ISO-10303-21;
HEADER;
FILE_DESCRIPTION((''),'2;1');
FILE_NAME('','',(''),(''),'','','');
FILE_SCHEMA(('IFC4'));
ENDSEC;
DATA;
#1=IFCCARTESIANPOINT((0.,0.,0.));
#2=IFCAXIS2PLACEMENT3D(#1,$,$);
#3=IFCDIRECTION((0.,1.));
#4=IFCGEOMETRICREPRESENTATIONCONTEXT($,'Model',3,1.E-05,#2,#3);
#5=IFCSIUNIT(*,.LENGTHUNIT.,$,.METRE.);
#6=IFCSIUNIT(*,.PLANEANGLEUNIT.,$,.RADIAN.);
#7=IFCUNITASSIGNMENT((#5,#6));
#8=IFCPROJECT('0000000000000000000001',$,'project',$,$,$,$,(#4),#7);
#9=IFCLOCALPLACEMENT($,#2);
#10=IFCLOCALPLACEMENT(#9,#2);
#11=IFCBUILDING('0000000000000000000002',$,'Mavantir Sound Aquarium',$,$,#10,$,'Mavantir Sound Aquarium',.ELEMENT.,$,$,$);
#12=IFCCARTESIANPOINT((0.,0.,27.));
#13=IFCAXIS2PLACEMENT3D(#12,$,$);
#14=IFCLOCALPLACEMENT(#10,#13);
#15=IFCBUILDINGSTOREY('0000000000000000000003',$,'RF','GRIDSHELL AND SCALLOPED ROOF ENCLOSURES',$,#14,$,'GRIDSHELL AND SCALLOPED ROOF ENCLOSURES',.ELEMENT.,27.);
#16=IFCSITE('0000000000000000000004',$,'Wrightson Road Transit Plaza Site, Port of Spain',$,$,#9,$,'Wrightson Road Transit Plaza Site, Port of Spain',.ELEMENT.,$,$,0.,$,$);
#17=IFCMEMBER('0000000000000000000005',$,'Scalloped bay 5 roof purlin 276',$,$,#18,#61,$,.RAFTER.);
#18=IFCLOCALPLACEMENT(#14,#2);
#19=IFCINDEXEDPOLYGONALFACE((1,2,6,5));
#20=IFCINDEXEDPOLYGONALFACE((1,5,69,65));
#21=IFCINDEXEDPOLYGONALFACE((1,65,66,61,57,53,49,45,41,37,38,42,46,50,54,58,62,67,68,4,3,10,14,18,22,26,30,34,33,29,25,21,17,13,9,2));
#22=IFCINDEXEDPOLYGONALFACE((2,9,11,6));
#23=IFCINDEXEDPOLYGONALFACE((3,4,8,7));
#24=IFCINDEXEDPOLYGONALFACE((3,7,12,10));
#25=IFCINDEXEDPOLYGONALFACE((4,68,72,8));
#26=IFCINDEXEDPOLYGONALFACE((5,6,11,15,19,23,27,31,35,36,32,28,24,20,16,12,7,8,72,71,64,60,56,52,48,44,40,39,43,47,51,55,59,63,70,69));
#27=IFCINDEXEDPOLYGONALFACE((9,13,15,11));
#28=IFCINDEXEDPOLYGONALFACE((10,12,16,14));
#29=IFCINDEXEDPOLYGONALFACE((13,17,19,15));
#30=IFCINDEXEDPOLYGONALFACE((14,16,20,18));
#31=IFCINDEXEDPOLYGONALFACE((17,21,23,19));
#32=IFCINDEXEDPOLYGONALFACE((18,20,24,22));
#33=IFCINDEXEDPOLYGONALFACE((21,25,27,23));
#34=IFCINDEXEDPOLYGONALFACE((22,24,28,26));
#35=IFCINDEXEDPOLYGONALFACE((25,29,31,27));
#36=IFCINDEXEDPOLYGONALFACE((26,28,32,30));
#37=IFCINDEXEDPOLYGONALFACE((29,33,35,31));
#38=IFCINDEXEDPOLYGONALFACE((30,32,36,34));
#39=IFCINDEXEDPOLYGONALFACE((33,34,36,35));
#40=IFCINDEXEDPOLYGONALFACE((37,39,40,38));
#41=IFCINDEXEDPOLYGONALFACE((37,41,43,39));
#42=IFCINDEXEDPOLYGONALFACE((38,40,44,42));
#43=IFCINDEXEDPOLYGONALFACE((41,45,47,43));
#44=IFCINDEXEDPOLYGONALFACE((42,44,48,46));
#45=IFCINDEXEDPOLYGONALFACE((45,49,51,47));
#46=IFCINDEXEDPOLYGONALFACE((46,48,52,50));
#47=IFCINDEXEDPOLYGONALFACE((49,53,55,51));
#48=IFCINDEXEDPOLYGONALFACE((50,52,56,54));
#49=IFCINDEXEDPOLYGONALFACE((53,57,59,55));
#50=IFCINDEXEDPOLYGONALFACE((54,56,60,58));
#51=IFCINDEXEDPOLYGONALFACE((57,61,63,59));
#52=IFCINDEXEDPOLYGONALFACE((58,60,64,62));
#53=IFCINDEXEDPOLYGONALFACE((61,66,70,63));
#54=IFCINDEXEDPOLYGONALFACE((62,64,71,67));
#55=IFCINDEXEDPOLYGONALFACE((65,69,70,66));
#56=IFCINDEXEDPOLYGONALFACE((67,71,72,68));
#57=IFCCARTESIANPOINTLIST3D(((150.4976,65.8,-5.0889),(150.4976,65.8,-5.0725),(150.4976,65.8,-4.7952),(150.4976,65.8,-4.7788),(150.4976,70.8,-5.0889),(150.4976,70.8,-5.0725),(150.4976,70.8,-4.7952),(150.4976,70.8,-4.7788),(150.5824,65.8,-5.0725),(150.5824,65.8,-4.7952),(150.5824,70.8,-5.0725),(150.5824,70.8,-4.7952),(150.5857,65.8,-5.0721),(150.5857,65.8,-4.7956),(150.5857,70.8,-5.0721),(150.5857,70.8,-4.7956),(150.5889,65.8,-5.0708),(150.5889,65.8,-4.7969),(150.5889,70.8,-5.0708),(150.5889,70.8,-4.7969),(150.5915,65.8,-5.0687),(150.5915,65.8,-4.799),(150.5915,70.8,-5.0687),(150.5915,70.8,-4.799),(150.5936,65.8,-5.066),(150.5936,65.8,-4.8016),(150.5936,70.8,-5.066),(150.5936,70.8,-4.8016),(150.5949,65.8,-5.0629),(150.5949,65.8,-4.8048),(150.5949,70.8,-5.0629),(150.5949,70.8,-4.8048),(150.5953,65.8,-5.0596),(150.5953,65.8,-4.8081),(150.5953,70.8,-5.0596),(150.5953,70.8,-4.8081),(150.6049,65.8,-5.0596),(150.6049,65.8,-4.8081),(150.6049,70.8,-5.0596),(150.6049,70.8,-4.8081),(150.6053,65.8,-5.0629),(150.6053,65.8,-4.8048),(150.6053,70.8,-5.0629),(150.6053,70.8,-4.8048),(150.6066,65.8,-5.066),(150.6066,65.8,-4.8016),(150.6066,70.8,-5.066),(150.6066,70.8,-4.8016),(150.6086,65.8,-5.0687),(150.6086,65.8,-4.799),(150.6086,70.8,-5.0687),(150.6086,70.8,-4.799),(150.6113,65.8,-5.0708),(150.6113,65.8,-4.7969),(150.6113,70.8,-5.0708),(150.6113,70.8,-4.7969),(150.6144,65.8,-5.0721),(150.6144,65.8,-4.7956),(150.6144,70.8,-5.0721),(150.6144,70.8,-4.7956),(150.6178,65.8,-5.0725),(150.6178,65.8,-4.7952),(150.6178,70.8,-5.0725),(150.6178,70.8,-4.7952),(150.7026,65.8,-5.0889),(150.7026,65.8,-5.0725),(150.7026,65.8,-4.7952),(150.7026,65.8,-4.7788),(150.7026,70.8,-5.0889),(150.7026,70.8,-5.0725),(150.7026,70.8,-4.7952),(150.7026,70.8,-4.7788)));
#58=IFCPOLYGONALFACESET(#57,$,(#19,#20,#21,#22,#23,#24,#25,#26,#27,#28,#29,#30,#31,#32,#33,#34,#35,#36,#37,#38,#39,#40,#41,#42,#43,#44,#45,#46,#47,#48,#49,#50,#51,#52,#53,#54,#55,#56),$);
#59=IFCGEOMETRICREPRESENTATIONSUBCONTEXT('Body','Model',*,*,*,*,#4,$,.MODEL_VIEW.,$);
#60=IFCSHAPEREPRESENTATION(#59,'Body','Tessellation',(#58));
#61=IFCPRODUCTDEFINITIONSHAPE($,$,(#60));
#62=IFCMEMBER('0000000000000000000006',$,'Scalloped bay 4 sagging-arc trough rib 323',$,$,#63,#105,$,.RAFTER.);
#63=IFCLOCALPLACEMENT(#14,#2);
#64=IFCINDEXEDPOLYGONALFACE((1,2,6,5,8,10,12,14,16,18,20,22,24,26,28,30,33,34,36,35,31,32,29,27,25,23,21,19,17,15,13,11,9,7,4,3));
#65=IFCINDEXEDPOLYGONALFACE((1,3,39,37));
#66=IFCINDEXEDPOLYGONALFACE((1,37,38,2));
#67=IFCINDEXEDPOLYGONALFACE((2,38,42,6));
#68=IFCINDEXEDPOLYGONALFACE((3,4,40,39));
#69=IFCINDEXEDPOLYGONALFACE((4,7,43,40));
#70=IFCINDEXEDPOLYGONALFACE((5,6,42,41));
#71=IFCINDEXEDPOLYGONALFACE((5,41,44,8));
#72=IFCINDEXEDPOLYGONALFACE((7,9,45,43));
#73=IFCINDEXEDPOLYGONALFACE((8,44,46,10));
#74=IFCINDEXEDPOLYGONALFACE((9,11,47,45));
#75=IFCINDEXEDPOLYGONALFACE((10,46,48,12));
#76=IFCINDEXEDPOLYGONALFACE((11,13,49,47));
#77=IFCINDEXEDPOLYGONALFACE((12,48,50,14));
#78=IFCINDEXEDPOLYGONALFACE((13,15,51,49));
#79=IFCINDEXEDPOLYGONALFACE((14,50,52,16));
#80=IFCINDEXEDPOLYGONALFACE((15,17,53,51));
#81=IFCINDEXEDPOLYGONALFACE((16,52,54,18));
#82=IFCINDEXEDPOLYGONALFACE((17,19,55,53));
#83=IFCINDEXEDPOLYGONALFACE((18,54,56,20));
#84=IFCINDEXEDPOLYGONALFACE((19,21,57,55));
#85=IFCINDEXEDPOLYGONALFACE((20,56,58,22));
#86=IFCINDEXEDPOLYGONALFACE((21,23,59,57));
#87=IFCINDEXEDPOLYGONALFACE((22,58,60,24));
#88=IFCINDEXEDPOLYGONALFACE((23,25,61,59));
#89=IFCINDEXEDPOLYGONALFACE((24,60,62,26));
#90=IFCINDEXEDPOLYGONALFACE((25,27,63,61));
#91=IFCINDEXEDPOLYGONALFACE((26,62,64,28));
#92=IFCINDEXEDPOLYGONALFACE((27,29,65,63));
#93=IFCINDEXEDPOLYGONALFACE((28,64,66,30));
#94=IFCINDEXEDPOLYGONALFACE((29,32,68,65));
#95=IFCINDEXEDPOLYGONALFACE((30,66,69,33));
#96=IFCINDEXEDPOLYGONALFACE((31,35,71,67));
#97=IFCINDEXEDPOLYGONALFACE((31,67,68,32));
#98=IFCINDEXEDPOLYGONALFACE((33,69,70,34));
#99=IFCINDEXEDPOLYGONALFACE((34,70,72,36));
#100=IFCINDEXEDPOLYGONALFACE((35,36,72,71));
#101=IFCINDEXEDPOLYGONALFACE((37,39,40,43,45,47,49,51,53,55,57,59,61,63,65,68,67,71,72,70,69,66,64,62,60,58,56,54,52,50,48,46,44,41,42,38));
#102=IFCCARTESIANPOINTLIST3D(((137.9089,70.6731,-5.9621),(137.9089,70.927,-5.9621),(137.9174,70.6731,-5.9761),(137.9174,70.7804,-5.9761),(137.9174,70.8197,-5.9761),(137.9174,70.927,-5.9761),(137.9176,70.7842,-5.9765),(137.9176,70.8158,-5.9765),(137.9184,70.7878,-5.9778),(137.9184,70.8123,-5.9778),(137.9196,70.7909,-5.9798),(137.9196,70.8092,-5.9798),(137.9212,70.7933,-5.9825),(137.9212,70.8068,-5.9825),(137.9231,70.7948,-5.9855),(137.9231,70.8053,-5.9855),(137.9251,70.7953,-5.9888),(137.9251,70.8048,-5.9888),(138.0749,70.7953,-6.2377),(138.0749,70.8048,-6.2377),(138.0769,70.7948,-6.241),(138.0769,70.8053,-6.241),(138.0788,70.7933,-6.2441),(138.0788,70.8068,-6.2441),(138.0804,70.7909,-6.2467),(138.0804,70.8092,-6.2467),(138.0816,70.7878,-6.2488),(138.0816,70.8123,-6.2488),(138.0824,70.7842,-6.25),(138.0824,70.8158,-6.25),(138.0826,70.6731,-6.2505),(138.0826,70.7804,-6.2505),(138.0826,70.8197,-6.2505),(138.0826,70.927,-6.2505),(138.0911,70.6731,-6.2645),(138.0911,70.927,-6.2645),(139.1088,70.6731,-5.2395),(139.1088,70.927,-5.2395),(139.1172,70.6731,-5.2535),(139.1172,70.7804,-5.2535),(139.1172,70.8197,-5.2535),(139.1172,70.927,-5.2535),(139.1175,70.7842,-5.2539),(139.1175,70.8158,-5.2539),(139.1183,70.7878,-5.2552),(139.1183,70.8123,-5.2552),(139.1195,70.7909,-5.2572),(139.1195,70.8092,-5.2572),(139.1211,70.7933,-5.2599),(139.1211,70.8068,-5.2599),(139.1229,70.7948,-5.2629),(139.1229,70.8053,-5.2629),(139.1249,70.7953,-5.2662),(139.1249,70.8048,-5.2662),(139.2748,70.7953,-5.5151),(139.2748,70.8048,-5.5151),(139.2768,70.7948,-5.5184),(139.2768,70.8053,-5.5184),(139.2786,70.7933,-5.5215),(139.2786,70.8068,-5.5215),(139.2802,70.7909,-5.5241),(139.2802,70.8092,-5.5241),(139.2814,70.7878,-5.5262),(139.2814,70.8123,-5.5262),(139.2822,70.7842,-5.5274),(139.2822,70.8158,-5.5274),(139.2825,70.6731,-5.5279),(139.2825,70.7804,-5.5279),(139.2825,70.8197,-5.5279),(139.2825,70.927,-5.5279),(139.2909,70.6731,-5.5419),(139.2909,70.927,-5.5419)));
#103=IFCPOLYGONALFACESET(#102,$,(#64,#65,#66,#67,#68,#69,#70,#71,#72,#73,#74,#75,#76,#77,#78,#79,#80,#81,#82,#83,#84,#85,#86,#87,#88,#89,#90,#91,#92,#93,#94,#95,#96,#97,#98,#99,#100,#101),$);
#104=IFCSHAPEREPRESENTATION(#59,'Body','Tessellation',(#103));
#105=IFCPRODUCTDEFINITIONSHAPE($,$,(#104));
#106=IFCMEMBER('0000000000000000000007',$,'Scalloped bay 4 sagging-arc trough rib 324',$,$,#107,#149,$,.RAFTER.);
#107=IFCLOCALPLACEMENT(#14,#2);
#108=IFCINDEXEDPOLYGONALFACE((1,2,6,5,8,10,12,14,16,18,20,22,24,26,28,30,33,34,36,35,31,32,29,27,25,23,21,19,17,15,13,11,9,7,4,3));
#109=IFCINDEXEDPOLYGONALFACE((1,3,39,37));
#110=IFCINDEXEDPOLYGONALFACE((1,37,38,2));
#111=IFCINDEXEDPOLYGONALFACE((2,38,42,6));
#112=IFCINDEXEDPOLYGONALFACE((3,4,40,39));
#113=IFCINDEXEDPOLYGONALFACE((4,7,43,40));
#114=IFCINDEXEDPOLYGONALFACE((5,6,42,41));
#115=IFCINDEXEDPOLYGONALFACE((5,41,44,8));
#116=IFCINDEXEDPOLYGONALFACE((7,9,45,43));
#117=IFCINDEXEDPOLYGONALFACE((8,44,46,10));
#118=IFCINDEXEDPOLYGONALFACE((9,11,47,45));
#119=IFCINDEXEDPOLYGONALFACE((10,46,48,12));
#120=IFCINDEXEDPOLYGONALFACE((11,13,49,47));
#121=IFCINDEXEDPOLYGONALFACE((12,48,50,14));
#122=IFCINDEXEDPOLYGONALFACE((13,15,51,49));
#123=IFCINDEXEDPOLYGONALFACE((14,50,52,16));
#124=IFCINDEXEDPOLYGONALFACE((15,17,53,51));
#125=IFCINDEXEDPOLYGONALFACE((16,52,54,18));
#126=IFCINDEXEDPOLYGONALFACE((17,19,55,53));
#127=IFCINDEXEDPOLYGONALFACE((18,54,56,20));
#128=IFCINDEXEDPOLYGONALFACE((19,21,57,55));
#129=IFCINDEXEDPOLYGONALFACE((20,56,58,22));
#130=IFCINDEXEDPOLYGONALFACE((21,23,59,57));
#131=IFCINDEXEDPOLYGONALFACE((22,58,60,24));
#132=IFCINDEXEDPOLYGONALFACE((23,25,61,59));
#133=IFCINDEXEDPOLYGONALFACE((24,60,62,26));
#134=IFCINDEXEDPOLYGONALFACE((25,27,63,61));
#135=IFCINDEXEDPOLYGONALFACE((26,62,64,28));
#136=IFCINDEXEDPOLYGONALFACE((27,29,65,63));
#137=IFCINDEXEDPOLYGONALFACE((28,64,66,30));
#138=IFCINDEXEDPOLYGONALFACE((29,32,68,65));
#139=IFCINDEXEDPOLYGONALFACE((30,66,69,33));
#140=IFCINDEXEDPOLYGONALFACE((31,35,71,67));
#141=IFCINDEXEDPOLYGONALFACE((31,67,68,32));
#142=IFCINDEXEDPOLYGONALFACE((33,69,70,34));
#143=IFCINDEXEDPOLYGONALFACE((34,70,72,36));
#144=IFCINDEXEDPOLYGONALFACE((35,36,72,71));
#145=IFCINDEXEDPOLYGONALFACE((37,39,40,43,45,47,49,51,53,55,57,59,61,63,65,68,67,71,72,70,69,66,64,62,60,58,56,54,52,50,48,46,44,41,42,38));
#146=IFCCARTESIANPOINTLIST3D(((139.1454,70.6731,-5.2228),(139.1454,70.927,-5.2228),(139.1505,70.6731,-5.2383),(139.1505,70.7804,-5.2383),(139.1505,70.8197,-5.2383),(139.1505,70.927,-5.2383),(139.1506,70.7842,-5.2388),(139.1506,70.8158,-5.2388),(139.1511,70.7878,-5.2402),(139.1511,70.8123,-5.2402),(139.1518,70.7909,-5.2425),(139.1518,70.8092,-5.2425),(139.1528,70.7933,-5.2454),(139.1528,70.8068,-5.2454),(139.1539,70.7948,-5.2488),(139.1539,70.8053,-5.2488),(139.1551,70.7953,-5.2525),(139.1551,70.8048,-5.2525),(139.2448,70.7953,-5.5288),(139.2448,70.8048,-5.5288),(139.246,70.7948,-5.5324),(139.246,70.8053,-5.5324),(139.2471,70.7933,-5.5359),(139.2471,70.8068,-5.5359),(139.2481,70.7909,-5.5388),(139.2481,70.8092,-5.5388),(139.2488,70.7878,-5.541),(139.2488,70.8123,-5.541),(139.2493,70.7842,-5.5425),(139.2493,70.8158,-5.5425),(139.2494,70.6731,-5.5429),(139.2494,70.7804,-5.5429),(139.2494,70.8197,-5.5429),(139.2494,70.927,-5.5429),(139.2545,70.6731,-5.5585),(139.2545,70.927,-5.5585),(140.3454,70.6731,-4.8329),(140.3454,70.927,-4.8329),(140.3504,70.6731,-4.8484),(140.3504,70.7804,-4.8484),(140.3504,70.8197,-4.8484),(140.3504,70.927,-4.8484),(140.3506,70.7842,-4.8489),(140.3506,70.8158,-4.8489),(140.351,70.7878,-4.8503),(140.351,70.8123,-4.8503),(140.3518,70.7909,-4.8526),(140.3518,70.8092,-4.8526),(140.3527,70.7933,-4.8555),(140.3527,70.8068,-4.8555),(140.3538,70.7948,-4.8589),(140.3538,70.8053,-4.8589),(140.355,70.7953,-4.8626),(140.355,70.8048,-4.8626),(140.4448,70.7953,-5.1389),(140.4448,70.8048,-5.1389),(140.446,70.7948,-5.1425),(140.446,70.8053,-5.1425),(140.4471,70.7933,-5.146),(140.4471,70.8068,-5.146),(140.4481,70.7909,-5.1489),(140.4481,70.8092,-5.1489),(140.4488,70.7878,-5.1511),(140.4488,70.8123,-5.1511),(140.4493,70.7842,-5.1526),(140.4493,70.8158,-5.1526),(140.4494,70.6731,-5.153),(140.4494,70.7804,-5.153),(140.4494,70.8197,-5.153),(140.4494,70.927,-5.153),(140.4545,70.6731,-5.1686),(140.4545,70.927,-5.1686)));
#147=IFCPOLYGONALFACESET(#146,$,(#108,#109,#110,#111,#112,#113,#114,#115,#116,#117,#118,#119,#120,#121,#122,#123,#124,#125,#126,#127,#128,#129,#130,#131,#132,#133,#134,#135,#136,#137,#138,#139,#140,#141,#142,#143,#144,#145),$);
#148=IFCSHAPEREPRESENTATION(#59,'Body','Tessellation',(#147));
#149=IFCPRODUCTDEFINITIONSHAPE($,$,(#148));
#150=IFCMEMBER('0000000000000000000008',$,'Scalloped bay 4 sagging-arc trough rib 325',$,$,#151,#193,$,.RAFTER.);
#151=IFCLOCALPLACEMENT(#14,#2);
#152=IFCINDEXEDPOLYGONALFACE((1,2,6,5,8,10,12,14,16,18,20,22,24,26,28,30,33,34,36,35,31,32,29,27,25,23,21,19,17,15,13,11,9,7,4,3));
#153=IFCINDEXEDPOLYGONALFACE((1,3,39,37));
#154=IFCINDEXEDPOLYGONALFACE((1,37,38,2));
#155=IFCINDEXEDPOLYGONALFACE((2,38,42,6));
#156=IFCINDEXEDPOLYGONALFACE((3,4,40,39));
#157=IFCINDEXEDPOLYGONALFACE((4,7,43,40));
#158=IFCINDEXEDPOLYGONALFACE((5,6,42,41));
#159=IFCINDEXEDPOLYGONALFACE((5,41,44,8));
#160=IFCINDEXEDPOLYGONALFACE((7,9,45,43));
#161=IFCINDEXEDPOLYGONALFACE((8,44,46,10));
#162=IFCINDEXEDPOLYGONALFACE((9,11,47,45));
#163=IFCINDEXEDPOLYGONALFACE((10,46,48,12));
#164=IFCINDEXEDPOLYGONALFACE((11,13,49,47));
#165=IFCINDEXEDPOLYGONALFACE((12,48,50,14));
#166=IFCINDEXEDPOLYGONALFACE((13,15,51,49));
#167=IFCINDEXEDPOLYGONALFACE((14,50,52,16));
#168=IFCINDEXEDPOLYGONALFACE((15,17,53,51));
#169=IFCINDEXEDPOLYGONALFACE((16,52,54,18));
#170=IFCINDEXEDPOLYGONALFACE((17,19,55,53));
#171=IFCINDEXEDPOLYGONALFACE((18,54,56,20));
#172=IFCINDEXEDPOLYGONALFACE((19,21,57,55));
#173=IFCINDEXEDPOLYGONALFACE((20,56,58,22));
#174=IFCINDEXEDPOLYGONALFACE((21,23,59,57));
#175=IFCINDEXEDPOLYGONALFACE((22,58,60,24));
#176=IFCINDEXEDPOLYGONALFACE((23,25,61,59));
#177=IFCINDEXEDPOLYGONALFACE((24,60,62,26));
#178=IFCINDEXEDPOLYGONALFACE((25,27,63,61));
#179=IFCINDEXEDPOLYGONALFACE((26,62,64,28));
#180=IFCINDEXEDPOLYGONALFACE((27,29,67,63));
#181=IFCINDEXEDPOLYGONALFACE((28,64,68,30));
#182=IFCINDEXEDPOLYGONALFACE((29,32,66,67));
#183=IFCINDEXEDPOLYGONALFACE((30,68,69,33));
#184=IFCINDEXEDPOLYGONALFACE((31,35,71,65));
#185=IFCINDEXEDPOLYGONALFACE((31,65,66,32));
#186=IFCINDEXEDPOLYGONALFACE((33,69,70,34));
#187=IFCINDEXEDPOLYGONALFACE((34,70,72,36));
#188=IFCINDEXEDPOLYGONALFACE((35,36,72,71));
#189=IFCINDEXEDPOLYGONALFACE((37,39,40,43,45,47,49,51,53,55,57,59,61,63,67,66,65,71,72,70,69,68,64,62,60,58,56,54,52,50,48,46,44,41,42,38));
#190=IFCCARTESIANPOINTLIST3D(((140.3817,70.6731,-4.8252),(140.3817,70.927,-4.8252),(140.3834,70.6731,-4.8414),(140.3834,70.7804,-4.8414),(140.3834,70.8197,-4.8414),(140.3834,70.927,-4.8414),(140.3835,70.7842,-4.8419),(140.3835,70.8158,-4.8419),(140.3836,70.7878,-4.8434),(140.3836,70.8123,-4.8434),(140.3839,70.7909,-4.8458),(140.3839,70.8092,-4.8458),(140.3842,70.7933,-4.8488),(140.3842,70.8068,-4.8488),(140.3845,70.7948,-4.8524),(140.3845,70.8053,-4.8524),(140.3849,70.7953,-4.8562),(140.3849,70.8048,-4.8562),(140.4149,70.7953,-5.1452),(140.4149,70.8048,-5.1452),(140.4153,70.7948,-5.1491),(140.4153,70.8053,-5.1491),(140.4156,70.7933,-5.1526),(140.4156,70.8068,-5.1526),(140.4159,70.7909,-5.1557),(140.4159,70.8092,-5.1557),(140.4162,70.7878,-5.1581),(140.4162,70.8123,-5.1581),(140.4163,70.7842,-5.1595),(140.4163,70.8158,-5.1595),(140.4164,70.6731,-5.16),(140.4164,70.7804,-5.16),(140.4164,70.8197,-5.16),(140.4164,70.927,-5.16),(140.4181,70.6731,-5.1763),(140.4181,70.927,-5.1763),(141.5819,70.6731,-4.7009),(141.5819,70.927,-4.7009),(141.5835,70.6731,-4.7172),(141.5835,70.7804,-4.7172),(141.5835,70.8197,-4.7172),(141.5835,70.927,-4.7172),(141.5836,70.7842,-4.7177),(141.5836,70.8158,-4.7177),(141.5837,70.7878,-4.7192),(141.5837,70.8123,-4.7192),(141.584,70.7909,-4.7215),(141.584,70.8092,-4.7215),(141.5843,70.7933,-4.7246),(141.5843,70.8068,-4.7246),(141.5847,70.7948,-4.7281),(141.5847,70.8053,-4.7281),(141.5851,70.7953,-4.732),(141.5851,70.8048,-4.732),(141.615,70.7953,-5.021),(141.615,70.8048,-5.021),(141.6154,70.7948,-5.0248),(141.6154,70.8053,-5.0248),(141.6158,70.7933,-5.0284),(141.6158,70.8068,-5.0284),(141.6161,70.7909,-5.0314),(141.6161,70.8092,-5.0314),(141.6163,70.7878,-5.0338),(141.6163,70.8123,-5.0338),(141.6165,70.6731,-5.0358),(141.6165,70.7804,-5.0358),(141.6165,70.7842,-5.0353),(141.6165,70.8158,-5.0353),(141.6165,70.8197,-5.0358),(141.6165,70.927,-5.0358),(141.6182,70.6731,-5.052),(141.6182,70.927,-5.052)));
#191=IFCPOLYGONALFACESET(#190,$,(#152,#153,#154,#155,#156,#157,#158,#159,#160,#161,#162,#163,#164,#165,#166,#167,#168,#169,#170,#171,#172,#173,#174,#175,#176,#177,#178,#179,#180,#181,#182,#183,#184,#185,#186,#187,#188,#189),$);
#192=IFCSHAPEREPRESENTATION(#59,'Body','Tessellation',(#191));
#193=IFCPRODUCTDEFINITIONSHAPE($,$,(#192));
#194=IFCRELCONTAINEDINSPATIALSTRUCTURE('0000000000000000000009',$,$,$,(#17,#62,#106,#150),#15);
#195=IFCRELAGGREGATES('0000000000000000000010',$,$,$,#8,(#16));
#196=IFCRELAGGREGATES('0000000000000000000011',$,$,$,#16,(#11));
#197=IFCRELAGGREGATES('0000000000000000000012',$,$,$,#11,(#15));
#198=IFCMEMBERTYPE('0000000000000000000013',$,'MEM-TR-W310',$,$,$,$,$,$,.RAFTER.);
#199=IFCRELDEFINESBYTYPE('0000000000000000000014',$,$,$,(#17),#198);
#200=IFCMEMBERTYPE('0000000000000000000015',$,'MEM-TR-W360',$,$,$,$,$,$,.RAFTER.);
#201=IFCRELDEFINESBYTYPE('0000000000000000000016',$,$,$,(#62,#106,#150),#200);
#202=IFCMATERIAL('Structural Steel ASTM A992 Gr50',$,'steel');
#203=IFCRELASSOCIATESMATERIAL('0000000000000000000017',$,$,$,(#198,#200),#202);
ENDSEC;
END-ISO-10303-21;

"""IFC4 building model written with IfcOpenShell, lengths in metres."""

from ifc_helpers import new_model, si_unit, direction, frame, origin, origin_2d, place, context, subcontext, project, spatial, i_section, extrude, material, material_profile, profile_set, type_object, element, save


model = new_model("IFC4")

# Units and contexts
model_context = context("Model", 3, precision=1e-05, world=origin(), true_north=direction((0.0, 1.0)))
body_context = subcontext(model_context, "Body", "Model", "MODEL_VIEW")
ifc_project = project(units=[si_unit("LENGTHUNIT", "METRE"), si_unit("PLANEANGLEUNIT", "RADIAN")], contexts=[model_context])

# Site, building, storey
site_placement = place(None, origin())
site = spatial("IfcSite", under=ifc_project, at=site_placement, Name="Wrightson Road Transit Plaza Site, Port of Spain", LongName="Wrightson Road Transit Plaza Site, Port of Spain", CompositionType="ELEMENT", RefElevation=0.0)
building_placement = place(site_placement, origin())
building = spatial("IfcBuilding", under=site, at=building_placement, Name="Mavantir Sound Aquarium", LongName="Mavantir Sound Aquarium", CompositionType="ELEMENT")
storey_placement = place(building_placement, frame((0.0, 0.0, 27.0)))
storey = spatial("IfcBuildingStorey", under=building, at=storey_placement, Name="RF", Description="GRIDSHELL AND SCALLOPED ROOF ENCLOSURES", LongName="GRIDSHELL AND SCALLOPED ROOF ENCLOSURES", CompositionType="ELEMENT", Elevation=27.0)

# Shared definitions
ifc_material_1 = material(Name="Structural Steel ASTM A992 Gr50", Category="steel")

# Members
ifc_material_profile_1 = material_profile(ifc_material_1, i_section(OverallWidth=0.2051, OverallDepth=0.3101, WebThickness=0.0095, FlangeThickness=0.0164, FilletRadius=0.0129, at=origin_2d()), Name="W310X74")
ifc_profile_set_1 = profile_set([ifc_material_profile_1], Name="Structural Steel ASTM A992 Gr50")
member_type_1 = type_object("IfcMemberType", Name="MEM-TR-W310", PredefinedType="RAFTER", material=ifc_profile_set_1)
for number, where, z_axis, x_axis, name in (
    (1, (150.6001, 65.8, -4.9338), (0.0, 1.0, 0.0), (-1.0, 0.0, 0.0), "Scalloped bay 5 roof purlin 276"),
):
    element("IfcMember", number, at=place(storey_placement, frame(where, z_axis=z_axis, x_axis=x_axis)), inside=storey, type_object=member_type_1, Name=name, PredefinedType="RAFTER", context=body_context, shape_type="SweptSolid", body=[
        extrude(i_section(OverallWidth=0.2051, OverallDepth=0.3101, WebThickness=0.0095, FlangeThickness=0.0164, FilletRadius=0.0129, at=origin_2d()), origin(), (0.0, 0.0, 1.0), 5.0),
    ])
ifc_material_profile_2 = material_profile(ifc_material_1, i_section(OverallWidth=0.2539, OverallDepth=0.353, WebThickness=0.0095, FlangeThickness=0.0164, FilletRadius=0.0149, at=origin_2d()), Name="W360X91")
ifc_profile_set_2 = profile_set([ifc_material_profile_2], Name="Structural Steel ASTM A992 Gr50")
member_type_2 = type_object("IfcMemberType", Name="MEM-TR-W360", PredefinedType="RAFTER", material=ifc_profile_set_2)
member_1_placement = place(storey_placement, frame((138.0, 70.8, -6.1133), z_axis=(0.856646, 0.0, 0.515905), x_axis=(0.0, 1.0, 0.0)))
element("IfcMember", 2, at=member_1_placement, inside=storey, type_object=member_type_2, Name="Scalloped bay 4 sagging-arc trough rib 323", PredefinedType="RAFTER", context=body_context, shape_type="SweptSolid", body=[
    extrude(i_section(OverallWidth=0.2539, OverallDepth=0.353, WebThickness=0.0095, FlangeThickness=0.0164, FilletRadius=0.0149, at=origin_2d()), origin(), (0.0, 0.0, 1.0), 1.4006),
])
member_2_placement = place(storey_placement, frame((139.2, 70.8, -5.3906), z_axis=(0.951055, 0.0, 0.30902), x_axis=(0.0, 1.0, 0.0)))
element("IfcMember", 3, at=member_2_placement, inside=storey, type_object=member_type_2, Name="Scalloped bay 4 sagging-arc trough rib 324", PredefinedType="RAFTER", context=body_context, shape_type="SweptSolid", body=[
    extrude(i_section(OverallWidth=0.2539, OverallDepth=0.353, WebThickness=0.0095, FlangeThickness=0.0164, FilletRadius=0.0149, at=origin_2d()), origin(), (0.0, 0.0, 1.0), 1.2617),
])
member_3_placement = place(storey_placement, frame((140.3999, 70.8, -5.0007), z_axis=(0.994683, 0.0, 0.102989), x_axis=(0.0, 1.0, 0.0)))
element("IfcMember", 4, at=member_3_placement, inside=storey, type_object=member_type_2, Name="Scalloped bay 4 sagging-arc trough rib 325", PredefinedType="RAFTER", context=body_context, shape_type="SweptSolid", body=[
    extrude(i_section(OverallWidth=0.2539, OverallDepth=0.353, WebThickness=0.0095, FlangeThickness=0.0164, FilletRadius=0.0149, at=origin_2d()), origin(), (0.0, 0.0, 1.0), 1.2065),
])

save(model, "model.ifc")
